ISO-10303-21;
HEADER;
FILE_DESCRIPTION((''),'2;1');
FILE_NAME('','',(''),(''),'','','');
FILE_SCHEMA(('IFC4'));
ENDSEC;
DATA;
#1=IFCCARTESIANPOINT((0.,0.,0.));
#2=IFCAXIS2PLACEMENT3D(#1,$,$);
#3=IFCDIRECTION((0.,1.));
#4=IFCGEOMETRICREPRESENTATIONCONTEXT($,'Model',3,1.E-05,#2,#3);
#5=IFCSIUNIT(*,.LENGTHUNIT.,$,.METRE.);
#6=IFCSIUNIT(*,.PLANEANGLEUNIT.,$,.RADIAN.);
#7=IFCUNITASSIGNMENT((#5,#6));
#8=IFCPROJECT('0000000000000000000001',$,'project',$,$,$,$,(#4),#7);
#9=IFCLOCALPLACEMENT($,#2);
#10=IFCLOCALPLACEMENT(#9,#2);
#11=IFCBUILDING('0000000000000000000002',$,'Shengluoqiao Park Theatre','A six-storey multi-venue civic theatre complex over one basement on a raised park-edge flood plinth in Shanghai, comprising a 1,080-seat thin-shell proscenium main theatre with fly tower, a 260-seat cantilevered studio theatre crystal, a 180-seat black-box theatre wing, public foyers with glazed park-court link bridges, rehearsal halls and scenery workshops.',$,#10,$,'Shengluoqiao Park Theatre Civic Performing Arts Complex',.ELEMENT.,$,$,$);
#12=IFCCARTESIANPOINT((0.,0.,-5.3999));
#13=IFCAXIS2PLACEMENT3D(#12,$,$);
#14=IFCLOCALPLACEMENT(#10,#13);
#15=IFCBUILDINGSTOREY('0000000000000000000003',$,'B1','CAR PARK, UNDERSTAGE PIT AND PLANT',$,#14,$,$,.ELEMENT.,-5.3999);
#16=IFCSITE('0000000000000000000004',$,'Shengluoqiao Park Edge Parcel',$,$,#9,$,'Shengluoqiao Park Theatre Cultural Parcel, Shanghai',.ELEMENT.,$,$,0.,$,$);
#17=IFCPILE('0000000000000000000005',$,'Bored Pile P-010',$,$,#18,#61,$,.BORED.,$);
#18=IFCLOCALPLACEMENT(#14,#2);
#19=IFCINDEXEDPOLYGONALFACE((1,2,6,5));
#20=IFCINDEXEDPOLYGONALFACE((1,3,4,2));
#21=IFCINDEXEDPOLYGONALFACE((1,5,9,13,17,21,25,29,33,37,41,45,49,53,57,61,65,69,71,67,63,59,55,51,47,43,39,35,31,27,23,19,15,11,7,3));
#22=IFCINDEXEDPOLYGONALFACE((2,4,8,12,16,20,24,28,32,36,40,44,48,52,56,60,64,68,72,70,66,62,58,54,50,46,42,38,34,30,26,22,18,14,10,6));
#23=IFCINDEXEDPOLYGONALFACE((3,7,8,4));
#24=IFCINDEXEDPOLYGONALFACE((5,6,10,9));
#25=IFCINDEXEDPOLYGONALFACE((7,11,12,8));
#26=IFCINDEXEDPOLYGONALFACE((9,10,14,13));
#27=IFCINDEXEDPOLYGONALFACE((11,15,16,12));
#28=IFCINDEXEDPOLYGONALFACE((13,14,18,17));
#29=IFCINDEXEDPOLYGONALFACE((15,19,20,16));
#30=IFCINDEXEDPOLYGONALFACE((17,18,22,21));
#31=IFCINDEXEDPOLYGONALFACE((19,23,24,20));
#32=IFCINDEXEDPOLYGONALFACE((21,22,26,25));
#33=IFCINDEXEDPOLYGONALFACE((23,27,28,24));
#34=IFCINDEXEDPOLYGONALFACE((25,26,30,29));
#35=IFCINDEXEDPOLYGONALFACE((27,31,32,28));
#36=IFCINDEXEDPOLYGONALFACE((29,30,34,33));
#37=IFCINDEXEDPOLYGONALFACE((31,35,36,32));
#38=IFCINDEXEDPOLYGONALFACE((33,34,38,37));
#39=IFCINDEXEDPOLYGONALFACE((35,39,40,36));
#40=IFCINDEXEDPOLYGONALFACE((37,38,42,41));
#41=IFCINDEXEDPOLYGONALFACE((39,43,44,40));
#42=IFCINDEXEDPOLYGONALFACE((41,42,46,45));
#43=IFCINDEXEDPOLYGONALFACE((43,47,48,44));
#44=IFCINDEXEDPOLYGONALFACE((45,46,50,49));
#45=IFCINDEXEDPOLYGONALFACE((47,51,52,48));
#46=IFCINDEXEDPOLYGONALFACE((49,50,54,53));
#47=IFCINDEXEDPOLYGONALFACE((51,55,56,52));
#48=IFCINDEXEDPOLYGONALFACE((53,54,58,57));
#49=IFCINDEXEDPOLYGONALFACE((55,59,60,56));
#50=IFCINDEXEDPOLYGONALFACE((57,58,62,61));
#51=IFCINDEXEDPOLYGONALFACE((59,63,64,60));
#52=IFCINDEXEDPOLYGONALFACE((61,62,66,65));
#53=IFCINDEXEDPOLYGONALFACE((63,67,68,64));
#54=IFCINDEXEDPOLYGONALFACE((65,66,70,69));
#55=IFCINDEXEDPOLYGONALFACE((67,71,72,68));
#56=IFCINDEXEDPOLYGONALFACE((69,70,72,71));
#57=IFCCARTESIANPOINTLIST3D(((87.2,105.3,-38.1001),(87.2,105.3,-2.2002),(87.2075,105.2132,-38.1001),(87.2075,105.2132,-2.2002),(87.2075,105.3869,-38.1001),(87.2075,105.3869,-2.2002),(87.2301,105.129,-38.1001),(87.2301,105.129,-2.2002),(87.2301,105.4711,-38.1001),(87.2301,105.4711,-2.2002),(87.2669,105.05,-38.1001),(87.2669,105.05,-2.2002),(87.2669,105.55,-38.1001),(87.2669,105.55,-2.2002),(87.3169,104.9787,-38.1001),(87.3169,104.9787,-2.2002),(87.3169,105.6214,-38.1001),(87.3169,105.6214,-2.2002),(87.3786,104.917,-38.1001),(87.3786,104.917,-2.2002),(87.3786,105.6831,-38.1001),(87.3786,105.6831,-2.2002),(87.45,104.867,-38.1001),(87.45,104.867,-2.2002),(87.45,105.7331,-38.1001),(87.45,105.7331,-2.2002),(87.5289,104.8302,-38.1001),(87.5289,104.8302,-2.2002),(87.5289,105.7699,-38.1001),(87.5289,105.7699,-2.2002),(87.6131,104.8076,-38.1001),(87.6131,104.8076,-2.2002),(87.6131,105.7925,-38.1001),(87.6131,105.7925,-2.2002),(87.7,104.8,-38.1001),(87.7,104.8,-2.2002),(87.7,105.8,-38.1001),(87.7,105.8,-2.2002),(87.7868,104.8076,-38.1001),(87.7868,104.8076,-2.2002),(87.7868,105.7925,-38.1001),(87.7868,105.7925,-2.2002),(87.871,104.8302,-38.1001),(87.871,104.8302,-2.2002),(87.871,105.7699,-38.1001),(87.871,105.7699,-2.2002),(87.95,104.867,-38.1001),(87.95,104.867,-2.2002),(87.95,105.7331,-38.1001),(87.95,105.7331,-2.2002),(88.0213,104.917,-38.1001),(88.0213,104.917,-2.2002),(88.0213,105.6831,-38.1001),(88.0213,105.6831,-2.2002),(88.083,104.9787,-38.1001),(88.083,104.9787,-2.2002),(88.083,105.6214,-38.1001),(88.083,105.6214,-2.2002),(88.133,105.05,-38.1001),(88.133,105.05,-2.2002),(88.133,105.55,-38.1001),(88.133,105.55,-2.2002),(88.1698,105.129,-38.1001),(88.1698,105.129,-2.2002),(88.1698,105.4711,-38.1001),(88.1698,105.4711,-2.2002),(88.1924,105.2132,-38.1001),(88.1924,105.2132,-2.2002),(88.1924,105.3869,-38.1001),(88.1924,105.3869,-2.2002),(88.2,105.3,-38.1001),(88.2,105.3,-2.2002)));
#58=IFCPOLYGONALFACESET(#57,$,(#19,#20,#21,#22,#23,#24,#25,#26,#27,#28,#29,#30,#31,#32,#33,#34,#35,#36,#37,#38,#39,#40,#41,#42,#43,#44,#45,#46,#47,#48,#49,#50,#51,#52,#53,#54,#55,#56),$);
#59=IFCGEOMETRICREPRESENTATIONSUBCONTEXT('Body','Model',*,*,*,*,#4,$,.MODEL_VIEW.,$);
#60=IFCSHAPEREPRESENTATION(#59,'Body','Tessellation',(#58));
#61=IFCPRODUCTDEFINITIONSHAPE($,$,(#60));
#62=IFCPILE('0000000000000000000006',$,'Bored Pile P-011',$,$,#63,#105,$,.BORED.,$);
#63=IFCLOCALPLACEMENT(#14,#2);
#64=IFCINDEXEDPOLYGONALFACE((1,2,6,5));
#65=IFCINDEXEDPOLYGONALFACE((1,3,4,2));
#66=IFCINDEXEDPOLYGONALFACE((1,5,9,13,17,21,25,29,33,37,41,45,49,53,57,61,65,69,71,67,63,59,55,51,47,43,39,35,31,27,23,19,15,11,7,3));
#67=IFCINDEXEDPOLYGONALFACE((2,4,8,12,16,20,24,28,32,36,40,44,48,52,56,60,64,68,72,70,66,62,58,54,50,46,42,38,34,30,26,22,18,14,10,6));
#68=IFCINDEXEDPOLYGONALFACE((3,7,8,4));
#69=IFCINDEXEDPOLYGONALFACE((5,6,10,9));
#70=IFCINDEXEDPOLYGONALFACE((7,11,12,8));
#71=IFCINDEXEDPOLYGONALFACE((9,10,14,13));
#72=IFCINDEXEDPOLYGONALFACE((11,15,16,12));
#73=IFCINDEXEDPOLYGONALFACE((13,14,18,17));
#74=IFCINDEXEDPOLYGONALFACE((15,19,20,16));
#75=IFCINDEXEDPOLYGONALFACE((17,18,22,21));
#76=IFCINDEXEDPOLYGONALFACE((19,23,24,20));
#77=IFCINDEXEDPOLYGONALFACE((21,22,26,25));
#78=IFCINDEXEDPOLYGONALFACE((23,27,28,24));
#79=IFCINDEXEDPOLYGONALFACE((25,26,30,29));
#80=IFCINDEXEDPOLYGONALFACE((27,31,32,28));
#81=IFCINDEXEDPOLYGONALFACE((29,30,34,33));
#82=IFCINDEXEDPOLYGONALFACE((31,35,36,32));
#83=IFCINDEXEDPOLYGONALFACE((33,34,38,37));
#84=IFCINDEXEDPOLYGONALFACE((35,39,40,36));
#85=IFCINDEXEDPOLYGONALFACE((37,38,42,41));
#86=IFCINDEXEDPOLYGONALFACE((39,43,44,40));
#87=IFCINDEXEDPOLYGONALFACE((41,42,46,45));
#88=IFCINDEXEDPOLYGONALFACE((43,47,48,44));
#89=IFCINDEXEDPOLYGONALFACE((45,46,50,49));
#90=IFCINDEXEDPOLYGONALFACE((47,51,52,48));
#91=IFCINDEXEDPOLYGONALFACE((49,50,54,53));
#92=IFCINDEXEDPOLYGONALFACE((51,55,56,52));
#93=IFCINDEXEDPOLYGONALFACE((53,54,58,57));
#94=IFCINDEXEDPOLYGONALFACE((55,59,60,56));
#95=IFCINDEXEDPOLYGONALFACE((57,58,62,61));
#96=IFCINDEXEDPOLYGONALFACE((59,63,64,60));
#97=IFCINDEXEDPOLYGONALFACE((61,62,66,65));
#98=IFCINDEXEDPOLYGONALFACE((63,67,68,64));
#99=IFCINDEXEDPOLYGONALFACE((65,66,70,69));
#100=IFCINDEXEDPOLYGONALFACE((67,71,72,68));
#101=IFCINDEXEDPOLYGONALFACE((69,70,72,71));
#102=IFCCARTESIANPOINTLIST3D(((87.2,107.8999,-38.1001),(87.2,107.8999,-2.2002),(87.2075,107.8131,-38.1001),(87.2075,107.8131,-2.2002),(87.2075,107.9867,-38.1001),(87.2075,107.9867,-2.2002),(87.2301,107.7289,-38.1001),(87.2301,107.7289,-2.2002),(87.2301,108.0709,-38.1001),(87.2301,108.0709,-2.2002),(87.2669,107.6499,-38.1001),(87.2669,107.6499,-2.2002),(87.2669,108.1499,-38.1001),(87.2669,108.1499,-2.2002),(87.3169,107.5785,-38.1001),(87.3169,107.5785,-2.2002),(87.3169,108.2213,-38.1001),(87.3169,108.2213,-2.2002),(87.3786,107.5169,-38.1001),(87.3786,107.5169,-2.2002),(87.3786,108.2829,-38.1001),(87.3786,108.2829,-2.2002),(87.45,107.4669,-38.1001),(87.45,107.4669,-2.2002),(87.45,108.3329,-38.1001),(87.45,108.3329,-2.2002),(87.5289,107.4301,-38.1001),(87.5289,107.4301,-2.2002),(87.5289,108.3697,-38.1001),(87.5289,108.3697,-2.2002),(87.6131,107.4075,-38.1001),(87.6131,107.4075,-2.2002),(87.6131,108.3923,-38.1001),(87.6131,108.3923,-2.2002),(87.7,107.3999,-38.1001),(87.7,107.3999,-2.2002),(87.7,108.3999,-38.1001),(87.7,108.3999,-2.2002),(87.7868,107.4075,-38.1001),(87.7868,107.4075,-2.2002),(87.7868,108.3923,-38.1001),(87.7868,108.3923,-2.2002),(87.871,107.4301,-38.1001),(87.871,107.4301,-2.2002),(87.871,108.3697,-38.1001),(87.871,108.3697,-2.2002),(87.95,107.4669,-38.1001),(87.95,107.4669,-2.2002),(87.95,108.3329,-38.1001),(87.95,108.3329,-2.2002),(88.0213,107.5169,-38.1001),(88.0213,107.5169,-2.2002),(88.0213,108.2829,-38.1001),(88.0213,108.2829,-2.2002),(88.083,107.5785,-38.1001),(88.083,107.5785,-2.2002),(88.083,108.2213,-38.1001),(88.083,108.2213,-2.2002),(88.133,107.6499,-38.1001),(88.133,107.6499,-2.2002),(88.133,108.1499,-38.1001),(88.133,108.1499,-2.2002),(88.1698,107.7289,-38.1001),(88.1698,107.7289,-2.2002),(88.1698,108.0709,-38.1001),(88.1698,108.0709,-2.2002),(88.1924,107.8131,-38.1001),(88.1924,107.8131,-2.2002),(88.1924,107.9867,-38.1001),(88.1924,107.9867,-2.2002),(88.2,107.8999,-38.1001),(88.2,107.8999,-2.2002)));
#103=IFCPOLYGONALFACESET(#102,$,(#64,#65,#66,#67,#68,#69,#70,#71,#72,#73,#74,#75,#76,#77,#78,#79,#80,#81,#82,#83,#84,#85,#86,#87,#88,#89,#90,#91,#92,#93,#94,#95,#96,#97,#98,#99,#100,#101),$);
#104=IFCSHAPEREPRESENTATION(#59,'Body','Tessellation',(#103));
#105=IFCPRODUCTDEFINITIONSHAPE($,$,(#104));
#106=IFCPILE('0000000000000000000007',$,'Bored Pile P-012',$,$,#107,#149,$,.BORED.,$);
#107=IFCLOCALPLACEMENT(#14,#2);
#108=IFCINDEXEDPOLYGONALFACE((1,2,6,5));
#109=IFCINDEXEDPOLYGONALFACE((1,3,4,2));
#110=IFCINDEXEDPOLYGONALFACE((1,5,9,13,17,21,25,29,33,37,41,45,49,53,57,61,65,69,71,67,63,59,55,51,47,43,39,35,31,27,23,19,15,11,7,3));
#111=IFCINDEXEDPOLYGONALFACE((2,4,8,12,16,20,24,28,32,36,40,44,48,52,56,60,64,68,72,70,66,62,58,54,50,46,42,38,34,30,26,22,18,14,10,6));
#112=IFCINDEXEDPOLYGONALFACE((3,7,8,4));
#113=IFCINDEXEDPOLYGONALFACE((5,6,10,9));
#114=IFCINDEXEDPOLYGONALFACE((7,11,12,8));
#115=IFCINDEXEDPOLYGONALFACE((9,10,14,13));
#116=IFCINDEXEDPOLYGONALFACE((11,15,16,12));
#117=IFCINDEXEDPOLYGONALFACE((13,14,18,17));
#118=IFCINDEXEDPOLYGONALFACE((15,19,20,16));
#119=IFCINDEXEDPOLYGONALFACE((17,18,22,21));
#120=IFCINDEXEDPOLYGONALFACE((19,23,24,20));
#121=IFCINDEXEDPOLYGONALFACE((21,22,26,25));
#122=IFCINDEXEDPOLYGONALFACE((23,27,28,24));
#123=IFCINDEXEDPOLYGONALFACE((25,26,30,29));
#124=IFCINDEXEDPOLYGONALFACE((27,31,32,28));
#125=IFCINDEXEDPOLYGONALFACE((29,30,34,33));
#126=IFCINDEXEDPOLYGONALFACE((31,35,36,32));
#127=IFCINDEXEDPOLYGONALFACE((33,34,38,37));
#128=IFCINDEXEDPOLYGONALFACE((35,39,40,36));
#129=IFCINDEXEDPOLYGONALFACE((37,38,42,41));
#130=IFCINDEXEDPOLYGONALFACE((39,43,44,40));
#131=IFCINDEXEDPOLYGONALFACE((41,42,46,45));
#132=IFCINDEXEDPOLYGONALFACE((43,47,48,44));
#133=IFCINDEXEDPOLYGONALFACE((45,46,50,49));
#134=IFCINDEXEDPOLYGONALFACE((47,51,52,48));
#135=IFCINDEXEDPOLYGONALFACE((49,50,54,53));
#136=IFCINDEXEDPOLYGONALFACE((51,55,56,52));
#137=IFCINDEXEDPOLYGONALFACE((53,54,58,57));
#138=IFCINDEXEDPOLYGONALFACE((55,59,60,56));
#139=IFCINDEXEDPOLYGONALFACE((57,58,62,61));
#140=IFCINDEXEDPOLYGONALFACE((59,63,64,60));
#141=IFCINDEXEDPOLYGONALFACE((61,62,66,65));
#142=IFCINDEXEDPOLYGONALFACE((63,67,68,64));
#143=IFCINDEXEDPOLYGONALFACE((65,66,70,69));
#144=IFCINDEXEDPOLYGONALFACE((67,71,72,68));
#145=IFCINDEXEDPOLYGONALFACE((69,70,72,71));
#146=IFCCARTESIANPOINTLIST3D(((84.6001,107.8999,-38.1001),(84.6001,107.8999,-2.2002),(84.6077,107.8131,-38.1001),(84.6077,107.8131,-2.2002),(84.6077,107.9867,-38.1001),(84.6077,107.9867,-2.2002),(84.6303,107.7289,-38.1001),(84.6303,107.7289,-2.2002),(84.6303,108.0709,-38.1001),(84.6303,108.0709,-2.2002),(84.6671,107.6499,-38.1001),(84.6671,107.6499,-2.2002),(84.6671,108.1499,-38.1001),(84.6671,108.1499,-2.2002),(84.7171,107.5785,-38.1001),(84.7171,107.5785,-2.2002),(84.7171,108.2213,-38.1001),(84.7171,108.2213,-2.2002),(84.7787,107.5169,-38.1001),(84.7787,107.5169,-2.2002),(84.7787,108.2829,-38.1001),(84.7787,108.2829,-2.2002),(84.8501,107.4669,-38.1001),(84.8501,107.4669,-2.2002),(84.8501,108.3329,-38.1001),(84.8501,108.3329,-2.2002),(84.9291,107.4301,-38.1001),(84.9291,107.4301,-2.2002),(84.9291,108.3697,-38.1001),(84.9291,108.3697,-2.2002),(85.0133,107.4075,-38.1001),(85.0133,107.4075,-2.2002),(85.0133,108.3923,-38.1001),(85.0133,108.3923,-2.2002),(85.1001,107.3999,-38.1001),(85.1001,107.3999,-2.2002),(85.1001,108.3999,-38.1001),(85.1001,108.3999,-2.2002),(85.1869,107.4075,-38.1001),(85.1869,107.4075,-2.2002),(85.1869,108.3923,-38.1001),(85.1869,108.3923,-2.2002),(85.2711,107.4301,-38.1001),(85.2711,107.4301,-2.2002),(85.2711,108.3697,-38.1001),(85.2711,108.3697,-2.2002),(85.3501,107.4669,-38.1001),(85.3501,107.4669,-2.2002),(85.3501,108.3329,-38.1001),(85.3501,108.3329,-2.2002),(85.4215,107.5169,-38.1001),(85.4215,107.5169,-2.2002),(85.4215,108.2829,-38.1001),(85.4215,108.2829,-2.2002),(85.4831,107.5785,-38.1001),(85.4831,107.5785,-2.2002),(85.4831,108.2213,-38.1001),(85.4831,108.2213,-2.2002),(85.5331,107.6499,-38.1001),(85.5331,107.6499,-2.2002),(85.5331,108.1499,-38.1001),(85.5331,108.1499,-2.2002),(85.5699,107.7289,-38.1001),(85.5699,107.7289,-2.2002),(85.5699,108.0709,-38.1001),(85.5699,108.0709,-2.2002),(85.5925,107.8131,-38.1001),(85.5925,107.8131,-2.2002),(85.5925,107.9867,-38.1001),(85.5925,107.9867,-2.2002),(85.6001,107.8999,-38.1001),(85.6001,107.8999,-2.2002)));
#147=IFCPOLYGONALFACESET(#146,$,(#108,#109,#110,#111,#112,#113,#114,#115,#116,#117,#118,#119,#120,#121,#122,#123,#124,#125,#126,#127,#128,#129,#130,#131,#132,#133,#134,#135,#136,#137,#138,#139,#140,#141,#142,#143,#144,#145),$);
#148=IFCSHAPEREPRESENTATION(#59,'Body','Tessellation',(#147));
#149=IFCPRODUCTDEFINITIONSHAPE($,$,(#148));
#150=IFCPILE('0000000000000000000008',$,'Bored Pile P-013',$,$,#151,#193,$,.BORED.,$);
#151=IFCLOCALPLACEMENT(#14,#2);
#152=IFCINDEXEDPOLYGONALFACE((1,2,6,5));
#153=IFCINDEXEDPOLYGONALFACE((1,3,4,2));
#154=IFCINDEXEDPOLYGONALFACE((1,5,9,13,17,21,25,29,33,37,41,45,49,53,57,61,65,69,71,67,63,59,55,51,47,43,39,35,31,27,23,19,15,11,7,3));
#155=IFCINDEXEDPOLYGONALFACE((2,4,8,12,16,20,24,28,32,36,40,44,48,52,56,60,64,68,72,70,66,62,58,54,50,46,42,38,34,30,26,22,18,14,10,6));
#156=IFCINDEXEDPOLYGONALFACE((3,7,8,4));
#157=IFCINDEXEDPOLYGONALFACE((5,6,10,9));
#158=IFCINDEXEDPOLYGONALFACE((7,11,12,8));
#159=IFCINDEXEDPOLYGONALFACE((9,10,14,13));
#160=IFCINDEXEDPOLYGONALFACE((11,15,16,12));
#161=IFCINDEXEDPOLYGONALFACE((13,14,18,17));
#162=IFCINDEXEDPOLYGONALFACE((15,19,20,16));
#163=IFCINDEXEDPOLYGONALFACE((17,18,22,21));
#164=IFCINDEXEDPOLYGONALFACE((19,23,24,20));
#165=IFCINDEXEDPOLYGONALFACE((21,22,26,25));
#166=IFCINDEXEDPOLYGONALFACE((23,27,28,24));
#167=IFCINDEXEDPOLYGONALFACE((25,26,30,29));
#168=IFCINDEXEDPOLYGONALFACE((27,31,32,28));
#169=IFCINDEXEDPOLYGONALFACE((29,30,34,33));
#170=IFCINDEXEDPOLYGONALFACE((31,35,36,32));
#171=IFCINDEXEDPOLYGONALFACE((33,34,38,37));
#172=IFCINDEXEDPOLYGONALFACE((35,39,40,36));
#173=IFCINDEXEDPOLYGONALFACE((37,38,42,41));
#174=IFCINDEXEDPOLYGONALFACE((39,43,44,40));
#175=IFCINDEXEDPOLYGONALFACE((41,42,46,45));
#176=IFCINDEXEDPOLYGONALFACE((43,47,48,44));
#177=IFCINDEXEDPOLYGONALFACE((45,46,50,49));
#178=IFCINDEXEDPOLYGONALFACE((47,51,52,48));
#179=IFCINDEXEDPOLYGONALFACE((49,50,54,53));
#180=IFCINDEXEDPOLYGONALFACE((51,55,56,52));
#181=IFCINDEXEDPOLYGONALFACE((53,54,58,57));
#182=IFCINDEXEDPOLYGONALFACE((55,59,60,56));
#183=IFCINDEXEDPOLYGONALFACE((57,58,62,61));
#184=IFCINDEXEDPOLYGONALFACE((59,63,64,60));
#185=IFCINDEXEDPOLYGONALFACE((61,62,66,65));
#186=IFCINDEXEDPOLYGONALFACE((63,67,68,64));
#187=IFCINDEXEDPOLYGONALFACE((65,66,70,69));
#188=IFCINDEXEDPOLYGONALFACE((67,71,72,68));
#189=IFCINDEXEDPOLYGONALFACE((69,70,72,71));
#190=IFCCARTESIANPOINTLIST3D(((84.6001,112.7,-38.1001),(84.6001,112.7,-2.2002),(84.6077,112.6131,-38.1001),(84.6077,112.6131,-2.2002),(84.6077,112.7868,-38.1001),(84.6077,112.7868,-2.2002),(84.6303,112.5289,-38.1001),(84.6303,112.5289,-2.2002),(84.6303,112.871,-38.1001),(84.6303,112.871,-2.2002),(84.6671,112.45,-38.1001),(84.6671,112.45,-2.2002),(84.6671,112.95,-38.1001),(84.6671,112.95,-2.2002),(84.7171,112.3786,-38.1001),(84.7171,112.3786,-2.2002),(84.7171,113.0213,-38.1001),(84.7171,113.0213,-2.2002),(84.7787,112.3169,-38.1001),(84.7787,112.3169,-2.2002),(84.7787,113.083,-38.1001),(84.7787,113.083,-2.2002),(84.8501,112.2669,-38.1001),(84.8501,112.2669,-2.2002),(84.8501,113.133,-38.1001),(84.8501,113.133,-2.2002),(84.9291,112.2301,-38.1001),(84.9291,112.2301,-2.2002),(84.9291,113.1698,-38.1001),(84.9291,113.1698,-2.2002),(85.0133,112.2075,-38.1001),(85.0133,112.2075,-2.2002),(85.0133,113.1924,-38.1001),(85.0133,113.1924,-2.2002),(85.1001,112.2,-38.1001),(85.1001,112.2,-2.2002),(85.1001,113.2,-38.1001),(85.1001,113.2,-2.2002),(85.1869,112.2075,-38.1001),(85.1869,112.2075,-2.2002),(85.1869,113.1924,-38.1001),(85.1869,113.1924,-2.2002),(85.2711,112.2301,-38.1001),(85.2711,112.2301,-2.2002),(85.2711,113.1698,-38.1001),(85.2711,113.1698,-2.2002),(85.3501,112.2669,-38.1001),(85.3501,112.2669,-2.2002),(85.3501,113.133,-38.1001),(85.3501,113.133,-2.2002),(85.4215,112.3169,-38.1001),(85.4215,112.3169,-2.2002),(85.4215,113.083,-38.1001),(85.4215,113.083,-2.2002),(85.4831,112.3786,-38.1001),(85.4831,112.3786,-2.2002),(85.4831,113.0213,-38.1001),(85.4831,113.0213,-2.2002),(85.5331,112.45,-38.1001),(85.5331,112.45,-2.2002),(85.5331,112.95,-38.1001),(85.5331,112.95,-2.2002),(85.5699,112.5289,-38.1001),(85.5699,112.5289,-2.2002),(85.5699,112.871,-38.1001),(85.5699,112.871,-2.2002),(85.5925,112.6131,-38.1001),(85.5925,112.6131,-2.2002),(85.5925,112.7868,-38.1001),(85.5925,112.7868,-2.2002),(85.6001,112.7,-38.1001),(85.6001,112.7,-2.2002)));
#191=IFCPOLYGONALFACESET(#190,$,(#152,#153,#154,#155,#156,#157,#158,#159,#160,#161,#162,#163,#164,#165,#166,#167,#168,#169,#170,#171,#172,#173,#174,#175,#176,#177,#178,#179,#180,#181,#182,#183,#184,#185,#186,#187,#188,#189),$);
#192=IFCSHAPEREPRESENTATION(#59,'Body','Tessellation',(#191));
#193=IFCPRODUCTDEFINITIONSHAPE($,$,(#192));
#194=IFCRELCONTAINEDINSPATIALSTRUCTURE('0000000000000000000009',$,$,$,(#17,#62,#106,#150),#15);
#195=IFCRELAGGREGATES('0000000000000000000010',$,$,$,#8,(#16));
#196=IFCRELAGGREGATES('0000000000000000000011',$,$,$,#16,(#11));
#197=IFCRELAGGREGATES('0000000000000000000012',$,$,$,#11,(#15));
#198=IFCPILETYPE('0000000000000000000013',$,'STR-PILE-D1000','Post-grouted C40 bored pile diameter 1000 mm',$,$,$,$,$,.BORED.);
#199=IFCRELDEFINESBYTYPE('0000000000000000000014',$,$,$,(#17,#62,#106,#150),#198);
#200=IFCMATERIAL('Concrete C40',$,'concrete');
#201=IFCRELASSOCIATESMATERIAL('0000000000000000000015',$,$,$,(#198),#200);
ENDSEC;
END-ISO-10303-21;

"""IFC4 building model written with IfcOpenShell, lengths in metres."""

from ifc_helpers import new_model, si_unit, direction, frame, origin, origin_2d, place, context, subcontext, project, spatial, circle, extrude, material, material_profile, profile_set, type_object, element, save


model = new_model("IFC4")

# Units and contexts
model_context = context("Model", 3, precision=1e-05, world=origin(), true_north=direction((0.0, 1.0)))
body_context = subcontext(model_context, "Body", "Model", "MODEL_VIEW")
ifc_project = project(units=[si_unit("LENGTHUNIT", "METRE"), si_unit("PLANEANGLEUNIT", "RADIAN")], contexts=[model_context])

# Site, building, storey
site_placement = place(None, origin())
site = spatial("IfcSite", under=ifc_project, at=site_placement, Name="Shengluoqiao Park Edge Parcel", LongName="Shengluoqiao Park Theatre Cultural Parcel, Shanghai", CompositionType="ELEMENT", RefElevation=0.0)
building_placement = place(site_placement, origin())
building = spatial("IfcBuilding", under=site, at=building_placement, Name="Shengluoqiao Park Theatre", Description="A six-storey multi-venue civic theatre complex over one basement on a raised park-edge flood plinth in Shanghai, comprising a 1,080-seat thin-shell proscenium main theatre with fly tower, a 260-seat cantilevered studio theatre crystal, a 180-seat black-box theatre wing, public foyers with glazed park-court link bridges, rehearsal halls and scenery workshops.", LongName="Shengluoqiao Park Theatre Civic Performing Arts Complex", CompositionType="ELEMENT")
storey_placement = place(building_placement, frame((0.0, 0.0, -5.3999)))
storey = spatial("IfcBuildingStorey", under=building, at=storey_placement, Name="B1", Description="CAR PARK, UNDERSTAGE PIT AND PLANT", CompositionType="ELEMENT", Elevation=-5.3999)

# Shared definitions
ifc_material_1 = material(Name="Concrete C40", Category="concrete")

# Piles
ifc_material_profile_1 = material_profile(ifc_material_1, circle(Radius=0.5, at=origin_2d()), Name="BORED PILE D1000")
ifc_profile_set_1 = profile_set([ifc_material_profile_1], Name="Concrete C40")
pile_type = type_object("IfcPileType", Name="STR-PILE-D1000", Description="Post-grouted C40 bored pile diameter 1000 mm", PredefinedType="BORED", material=ifc_profile_set_1)
for number, where, z_axis, x_axis, name in (
    (1, (87.7, 105.3, -2.2002), (0.0, 0.0, -1.0), (1.0, 0.0, 0.0), "Bored Pile P-010"),
    (2, (87.7, 107.8999, -2.2002), (0.0, 0.0, -1.0), (1.0, 0.0, 0.0), "Bored Pile P-011"),
    (3, (85.1001, 107.8999, -2.2002), (0.0, 0.0, -1.0), (1.0, 0.0, 0.0), "Bored Pile P-012"),
    (4, (85.1001, 112.7, -2.2002), (0.0, 0.0, -1.0), (1.0, 0.0, 0.0), "Bored Pile P-013"),
):
    element("IfcPile", number, at=place(storey_placement, frame(where, z_axis=z_axis, x_axis=x_axis)), inside=storey, type_object=pile_type, Name=name, PredefinedType="BORED", context=body_context, shape_type="SweptSolid", body=[
        extrude(circle(Radius=0.5, at=origin_2d()), origin(), (0.0, 0.0, 1.0), 35.8999),
    ])

save(model, "model.ifc")
